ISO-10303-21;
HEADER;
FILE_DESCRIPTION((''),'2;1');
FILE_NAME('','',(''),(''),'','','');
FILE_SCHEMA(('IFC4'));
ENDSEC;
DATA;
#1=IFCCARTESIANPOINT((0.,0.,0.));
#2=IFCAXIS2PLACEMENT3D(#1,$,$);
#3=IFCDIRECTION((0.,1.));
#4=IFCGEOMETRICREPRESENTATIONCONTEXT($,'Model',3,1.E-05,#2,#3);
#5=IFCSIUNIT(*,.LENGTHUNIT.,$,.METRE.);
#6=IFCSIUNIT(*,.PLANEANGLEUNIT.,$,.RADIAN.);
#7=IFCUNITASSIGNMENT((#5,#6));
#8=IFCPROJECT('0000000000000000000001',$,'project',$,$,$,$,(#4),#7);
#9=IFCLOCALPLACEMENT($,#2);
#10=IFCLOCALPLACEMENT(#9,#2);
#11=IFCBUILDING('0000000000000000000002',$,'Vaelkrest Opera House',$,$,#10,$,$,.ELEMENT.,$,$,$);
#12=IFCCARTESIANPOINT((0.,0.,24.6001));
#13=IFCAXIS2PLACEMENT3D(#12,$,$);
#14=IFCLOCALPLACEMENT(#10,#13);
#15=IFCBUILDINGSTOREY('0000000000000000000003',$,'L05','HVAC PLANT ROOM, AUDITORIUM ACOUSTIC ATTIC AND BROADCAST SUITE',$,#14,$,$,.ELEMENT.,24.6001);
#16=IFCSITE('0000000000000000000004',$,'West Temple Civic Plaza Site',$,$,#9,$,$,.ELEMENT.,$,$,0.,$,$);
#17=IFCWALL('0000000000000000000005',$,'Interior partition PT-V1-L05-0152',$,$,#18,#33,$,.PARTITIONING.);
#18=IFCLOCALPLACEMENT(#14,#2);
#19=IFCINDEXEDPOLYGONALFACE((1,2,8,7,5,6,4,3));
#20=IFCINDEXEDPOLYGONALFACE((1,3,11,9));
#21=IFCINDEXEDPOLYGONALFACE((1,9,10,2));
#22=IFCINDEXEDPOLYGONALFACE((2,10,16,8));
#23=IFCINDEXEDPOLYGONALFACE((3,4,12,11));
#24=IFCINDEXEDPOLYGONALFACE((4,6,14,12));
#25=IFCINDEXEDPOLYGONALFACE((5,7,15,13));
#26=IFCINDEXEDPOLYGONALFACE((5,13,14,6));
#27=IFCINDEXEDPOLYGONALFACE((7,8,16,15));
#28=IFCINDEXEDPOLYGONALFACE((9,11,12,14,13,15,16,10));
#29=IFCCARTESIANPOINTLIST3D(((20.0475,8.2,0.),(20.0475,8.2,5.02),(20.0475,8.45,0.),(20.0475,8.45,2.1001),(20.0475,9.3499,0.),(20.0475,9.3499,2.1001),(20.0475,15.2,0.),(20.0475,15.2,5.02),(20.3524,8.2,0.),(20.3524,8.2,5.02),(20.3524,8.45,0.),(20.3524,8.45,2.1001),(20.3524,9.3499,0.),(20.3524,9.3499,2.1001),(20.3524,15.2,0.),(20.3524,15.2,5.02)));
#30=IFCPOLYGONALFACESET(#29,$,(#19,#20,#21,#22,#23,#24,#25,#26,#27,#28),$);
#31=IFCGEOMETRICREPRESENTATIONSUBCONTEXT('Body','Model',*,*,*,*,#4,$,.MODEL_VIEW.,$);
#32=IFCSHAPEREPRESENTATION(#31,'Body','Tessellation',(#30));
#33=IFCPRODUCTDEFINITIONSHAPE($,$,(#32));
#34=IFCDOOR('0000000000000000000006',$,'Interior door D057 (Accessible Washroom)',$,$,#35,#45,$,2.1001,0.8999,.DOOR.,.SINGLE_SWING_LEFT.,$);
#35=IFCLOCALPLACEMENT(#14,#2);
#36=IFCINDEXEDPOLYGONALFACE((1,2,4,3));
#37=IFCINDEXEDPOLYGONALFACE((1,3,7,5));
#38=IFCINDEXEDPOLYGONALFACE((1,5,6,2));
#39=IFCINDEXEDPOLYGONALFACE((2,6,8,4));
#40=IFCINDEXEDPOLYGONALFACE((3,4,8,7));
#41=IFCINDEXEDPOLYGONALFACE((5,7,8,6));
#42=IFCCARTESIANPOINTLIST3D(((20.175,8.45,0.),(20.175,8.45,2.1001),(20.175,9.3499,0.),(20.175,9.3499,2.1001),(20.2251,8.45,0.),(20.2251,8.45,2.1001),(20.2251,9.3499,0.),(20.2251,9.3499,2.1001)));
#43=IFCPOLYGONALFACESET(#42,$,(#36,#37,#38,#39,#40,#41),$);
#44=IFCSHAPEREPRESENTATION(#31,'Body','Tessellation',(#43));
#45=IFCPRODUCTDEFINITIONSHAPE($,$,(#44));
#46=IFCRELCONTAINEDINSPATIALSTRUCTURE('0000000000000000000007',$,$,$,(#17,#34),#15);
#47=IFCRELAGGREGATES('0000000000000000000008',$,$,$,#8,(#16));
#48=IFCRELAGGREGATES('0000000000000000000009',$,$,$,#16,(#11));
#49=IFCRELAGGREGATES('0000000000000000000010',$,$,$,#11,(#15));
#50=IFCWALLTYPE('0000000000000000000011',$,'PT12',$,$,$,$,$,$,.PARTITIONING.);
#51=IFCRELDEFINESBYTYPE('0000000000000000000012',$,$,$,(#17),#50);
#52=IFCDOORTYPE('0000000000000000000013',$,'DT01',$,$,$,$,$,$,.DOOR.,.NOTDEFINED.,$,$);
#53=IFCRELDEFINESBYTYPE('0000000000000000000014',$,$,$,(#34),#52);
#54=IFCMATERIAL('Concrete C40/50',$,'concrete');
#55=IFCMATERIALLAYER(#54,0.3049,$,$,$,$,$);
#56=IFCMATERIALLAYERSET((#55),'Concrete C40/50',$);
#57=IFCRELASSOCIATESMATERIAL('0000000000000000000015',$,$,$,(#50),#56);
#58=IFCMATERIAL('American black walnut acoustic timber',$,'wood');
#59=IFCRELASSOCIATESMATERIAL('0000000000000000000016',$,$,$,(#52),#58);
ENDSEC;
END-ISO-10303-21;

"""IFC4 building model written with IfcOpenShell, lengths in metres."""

from ifc_helpers import new_model, si_unit, direction, frame, frame_2d, origin, place, context, subcontext, project, spatial, rectangle, extrude, material, layer, layer_set, type_object, element, fill, save


model = new_model("IFC4")

# Units and contexts
model_context = context("Model", 3, precision=1e-05, world=origin(), true_north=direction((0.0, 1.0)))
body_context = subcontext(model_context, "Body", "Model", "MODEL_VIEW")
ifc_project = project(units=[si_unit("LENGTHUNIT", "METRE"), si_unit("PLANEANGLEUNIT", "RADIAN")], contexts=[model_context])

# Site, building, storey
site_placement = place(None, origin())
site = spatial("IfcSite", under=ifc_project, at=site_placement, Name="West Temple Civic Plaza Site", CompositionType="ELEMENT", RefElevation=0.0)
building_placement = place(site_placement, origin())
building = spatial("IfcBuilding", under=site, at=building_placement, Name="Vaelkrest Opera House", CompositionType="ELEMENT")
storey_placement = place(building_placement, frame((0.0, 0.0, 24.6001)))
storey = spatial("IfcBuildingStorey", under=building, at=storey_placement, Name="L05", Description="HVAC PLANT ROOM, AUDITORIUM ACOUSTIC ATTIC AND BROADCAST SUITE", CompositionType="ELEMENT", Elevation=24.6001)

# Shared definitions
ifc_material_1 = material(Name="American black walnut acoustic timber", Category="wood")
ifc_material_2 = material(Name="Concrete C40/50", Category="concrete")

# Wall, opening, door
ifc_layer_1 = layer(ifc_material_2, 0.3049)
ifc_layer_set_1 = layer_set([ifc_layer_1], Name="Concrete C40/50")
wall_type_1 = type_object("IfcWallType", Name="PT12", PredefinedType="PARTITIONING", material=ifc_layer_set_1)
wall_1_placement = place(storey_placement, frame((20.2, 8.2, 0.0), z_axis=(0.0, 0.0, 1.0), x_axis=(0.0, 1.0, 0.0)))
wall_1 = element("IfcWall", 1, at=wall_1_placement, inside=storey, type_object=wall_type_1, Name="Interior partition PT-V1-L05-0152", PredefinedType="PARTITIONING", context=body_context, shape_type="SweptSolid", body=[
    extrude(rectangle(XDim=7.0, YDim=0.3049, at=frame_2d((3.5, 0.0))), origin(), (0.0, 0.0, 1.0), 5.02),
])
opening_placement = place(wall_1_placement, frame((0.25, 0.0, 0.0)))
opening = element("IfcOpeningElement", 2, at=opening_placement, cuts=wall_1, PredefinedType="OPENING", context=body_context, shape_type="SweptSolid", body=[
    extrude(rectangle(XDim=0.8999, YDim=2.1001, at=frame_2d((0.45, 1.05))), frame((0.0, 0.1624, 0.0), z_axis=(0.0, -1.0, 0.0), x_axis=(1.0, 0.0, 0.0)), (0.0, 0.0, 1.0), 0.325),
])
door_type = type_object("IfcDoorType", Name="DT01", OperationType="NOTDEFINED", PredefinedType="DOOR", material=ifc_material_1)
door_placement = place(opening_placement, origin())
door = element("IfcDoor", 3, at=door_placement, inside=storey, type_object=door_type, Name="Interior door D057 (Accessible Washroom)", OperationType="SINGLE_SWING_LEFT", OverallHeight=2.1001, OverallWidth=0.8999, PredefinedType="DOOR", context=body_context, shape_type="SweptSolid", body=[
    extrude(rectangle(XDim=0.8999, YDim=2.1001, at=frame_2d((0.45, 1.05))), frame((0.0, 0.0249, 0.0), z_axis=(0.0, -1.0, 0.0), x_axis=(1.0, 0.0, 0.0)), (0.0, 0.0, 1.0), 0.05),
])
fill(opening, door)

save(model, "model.ifc")
